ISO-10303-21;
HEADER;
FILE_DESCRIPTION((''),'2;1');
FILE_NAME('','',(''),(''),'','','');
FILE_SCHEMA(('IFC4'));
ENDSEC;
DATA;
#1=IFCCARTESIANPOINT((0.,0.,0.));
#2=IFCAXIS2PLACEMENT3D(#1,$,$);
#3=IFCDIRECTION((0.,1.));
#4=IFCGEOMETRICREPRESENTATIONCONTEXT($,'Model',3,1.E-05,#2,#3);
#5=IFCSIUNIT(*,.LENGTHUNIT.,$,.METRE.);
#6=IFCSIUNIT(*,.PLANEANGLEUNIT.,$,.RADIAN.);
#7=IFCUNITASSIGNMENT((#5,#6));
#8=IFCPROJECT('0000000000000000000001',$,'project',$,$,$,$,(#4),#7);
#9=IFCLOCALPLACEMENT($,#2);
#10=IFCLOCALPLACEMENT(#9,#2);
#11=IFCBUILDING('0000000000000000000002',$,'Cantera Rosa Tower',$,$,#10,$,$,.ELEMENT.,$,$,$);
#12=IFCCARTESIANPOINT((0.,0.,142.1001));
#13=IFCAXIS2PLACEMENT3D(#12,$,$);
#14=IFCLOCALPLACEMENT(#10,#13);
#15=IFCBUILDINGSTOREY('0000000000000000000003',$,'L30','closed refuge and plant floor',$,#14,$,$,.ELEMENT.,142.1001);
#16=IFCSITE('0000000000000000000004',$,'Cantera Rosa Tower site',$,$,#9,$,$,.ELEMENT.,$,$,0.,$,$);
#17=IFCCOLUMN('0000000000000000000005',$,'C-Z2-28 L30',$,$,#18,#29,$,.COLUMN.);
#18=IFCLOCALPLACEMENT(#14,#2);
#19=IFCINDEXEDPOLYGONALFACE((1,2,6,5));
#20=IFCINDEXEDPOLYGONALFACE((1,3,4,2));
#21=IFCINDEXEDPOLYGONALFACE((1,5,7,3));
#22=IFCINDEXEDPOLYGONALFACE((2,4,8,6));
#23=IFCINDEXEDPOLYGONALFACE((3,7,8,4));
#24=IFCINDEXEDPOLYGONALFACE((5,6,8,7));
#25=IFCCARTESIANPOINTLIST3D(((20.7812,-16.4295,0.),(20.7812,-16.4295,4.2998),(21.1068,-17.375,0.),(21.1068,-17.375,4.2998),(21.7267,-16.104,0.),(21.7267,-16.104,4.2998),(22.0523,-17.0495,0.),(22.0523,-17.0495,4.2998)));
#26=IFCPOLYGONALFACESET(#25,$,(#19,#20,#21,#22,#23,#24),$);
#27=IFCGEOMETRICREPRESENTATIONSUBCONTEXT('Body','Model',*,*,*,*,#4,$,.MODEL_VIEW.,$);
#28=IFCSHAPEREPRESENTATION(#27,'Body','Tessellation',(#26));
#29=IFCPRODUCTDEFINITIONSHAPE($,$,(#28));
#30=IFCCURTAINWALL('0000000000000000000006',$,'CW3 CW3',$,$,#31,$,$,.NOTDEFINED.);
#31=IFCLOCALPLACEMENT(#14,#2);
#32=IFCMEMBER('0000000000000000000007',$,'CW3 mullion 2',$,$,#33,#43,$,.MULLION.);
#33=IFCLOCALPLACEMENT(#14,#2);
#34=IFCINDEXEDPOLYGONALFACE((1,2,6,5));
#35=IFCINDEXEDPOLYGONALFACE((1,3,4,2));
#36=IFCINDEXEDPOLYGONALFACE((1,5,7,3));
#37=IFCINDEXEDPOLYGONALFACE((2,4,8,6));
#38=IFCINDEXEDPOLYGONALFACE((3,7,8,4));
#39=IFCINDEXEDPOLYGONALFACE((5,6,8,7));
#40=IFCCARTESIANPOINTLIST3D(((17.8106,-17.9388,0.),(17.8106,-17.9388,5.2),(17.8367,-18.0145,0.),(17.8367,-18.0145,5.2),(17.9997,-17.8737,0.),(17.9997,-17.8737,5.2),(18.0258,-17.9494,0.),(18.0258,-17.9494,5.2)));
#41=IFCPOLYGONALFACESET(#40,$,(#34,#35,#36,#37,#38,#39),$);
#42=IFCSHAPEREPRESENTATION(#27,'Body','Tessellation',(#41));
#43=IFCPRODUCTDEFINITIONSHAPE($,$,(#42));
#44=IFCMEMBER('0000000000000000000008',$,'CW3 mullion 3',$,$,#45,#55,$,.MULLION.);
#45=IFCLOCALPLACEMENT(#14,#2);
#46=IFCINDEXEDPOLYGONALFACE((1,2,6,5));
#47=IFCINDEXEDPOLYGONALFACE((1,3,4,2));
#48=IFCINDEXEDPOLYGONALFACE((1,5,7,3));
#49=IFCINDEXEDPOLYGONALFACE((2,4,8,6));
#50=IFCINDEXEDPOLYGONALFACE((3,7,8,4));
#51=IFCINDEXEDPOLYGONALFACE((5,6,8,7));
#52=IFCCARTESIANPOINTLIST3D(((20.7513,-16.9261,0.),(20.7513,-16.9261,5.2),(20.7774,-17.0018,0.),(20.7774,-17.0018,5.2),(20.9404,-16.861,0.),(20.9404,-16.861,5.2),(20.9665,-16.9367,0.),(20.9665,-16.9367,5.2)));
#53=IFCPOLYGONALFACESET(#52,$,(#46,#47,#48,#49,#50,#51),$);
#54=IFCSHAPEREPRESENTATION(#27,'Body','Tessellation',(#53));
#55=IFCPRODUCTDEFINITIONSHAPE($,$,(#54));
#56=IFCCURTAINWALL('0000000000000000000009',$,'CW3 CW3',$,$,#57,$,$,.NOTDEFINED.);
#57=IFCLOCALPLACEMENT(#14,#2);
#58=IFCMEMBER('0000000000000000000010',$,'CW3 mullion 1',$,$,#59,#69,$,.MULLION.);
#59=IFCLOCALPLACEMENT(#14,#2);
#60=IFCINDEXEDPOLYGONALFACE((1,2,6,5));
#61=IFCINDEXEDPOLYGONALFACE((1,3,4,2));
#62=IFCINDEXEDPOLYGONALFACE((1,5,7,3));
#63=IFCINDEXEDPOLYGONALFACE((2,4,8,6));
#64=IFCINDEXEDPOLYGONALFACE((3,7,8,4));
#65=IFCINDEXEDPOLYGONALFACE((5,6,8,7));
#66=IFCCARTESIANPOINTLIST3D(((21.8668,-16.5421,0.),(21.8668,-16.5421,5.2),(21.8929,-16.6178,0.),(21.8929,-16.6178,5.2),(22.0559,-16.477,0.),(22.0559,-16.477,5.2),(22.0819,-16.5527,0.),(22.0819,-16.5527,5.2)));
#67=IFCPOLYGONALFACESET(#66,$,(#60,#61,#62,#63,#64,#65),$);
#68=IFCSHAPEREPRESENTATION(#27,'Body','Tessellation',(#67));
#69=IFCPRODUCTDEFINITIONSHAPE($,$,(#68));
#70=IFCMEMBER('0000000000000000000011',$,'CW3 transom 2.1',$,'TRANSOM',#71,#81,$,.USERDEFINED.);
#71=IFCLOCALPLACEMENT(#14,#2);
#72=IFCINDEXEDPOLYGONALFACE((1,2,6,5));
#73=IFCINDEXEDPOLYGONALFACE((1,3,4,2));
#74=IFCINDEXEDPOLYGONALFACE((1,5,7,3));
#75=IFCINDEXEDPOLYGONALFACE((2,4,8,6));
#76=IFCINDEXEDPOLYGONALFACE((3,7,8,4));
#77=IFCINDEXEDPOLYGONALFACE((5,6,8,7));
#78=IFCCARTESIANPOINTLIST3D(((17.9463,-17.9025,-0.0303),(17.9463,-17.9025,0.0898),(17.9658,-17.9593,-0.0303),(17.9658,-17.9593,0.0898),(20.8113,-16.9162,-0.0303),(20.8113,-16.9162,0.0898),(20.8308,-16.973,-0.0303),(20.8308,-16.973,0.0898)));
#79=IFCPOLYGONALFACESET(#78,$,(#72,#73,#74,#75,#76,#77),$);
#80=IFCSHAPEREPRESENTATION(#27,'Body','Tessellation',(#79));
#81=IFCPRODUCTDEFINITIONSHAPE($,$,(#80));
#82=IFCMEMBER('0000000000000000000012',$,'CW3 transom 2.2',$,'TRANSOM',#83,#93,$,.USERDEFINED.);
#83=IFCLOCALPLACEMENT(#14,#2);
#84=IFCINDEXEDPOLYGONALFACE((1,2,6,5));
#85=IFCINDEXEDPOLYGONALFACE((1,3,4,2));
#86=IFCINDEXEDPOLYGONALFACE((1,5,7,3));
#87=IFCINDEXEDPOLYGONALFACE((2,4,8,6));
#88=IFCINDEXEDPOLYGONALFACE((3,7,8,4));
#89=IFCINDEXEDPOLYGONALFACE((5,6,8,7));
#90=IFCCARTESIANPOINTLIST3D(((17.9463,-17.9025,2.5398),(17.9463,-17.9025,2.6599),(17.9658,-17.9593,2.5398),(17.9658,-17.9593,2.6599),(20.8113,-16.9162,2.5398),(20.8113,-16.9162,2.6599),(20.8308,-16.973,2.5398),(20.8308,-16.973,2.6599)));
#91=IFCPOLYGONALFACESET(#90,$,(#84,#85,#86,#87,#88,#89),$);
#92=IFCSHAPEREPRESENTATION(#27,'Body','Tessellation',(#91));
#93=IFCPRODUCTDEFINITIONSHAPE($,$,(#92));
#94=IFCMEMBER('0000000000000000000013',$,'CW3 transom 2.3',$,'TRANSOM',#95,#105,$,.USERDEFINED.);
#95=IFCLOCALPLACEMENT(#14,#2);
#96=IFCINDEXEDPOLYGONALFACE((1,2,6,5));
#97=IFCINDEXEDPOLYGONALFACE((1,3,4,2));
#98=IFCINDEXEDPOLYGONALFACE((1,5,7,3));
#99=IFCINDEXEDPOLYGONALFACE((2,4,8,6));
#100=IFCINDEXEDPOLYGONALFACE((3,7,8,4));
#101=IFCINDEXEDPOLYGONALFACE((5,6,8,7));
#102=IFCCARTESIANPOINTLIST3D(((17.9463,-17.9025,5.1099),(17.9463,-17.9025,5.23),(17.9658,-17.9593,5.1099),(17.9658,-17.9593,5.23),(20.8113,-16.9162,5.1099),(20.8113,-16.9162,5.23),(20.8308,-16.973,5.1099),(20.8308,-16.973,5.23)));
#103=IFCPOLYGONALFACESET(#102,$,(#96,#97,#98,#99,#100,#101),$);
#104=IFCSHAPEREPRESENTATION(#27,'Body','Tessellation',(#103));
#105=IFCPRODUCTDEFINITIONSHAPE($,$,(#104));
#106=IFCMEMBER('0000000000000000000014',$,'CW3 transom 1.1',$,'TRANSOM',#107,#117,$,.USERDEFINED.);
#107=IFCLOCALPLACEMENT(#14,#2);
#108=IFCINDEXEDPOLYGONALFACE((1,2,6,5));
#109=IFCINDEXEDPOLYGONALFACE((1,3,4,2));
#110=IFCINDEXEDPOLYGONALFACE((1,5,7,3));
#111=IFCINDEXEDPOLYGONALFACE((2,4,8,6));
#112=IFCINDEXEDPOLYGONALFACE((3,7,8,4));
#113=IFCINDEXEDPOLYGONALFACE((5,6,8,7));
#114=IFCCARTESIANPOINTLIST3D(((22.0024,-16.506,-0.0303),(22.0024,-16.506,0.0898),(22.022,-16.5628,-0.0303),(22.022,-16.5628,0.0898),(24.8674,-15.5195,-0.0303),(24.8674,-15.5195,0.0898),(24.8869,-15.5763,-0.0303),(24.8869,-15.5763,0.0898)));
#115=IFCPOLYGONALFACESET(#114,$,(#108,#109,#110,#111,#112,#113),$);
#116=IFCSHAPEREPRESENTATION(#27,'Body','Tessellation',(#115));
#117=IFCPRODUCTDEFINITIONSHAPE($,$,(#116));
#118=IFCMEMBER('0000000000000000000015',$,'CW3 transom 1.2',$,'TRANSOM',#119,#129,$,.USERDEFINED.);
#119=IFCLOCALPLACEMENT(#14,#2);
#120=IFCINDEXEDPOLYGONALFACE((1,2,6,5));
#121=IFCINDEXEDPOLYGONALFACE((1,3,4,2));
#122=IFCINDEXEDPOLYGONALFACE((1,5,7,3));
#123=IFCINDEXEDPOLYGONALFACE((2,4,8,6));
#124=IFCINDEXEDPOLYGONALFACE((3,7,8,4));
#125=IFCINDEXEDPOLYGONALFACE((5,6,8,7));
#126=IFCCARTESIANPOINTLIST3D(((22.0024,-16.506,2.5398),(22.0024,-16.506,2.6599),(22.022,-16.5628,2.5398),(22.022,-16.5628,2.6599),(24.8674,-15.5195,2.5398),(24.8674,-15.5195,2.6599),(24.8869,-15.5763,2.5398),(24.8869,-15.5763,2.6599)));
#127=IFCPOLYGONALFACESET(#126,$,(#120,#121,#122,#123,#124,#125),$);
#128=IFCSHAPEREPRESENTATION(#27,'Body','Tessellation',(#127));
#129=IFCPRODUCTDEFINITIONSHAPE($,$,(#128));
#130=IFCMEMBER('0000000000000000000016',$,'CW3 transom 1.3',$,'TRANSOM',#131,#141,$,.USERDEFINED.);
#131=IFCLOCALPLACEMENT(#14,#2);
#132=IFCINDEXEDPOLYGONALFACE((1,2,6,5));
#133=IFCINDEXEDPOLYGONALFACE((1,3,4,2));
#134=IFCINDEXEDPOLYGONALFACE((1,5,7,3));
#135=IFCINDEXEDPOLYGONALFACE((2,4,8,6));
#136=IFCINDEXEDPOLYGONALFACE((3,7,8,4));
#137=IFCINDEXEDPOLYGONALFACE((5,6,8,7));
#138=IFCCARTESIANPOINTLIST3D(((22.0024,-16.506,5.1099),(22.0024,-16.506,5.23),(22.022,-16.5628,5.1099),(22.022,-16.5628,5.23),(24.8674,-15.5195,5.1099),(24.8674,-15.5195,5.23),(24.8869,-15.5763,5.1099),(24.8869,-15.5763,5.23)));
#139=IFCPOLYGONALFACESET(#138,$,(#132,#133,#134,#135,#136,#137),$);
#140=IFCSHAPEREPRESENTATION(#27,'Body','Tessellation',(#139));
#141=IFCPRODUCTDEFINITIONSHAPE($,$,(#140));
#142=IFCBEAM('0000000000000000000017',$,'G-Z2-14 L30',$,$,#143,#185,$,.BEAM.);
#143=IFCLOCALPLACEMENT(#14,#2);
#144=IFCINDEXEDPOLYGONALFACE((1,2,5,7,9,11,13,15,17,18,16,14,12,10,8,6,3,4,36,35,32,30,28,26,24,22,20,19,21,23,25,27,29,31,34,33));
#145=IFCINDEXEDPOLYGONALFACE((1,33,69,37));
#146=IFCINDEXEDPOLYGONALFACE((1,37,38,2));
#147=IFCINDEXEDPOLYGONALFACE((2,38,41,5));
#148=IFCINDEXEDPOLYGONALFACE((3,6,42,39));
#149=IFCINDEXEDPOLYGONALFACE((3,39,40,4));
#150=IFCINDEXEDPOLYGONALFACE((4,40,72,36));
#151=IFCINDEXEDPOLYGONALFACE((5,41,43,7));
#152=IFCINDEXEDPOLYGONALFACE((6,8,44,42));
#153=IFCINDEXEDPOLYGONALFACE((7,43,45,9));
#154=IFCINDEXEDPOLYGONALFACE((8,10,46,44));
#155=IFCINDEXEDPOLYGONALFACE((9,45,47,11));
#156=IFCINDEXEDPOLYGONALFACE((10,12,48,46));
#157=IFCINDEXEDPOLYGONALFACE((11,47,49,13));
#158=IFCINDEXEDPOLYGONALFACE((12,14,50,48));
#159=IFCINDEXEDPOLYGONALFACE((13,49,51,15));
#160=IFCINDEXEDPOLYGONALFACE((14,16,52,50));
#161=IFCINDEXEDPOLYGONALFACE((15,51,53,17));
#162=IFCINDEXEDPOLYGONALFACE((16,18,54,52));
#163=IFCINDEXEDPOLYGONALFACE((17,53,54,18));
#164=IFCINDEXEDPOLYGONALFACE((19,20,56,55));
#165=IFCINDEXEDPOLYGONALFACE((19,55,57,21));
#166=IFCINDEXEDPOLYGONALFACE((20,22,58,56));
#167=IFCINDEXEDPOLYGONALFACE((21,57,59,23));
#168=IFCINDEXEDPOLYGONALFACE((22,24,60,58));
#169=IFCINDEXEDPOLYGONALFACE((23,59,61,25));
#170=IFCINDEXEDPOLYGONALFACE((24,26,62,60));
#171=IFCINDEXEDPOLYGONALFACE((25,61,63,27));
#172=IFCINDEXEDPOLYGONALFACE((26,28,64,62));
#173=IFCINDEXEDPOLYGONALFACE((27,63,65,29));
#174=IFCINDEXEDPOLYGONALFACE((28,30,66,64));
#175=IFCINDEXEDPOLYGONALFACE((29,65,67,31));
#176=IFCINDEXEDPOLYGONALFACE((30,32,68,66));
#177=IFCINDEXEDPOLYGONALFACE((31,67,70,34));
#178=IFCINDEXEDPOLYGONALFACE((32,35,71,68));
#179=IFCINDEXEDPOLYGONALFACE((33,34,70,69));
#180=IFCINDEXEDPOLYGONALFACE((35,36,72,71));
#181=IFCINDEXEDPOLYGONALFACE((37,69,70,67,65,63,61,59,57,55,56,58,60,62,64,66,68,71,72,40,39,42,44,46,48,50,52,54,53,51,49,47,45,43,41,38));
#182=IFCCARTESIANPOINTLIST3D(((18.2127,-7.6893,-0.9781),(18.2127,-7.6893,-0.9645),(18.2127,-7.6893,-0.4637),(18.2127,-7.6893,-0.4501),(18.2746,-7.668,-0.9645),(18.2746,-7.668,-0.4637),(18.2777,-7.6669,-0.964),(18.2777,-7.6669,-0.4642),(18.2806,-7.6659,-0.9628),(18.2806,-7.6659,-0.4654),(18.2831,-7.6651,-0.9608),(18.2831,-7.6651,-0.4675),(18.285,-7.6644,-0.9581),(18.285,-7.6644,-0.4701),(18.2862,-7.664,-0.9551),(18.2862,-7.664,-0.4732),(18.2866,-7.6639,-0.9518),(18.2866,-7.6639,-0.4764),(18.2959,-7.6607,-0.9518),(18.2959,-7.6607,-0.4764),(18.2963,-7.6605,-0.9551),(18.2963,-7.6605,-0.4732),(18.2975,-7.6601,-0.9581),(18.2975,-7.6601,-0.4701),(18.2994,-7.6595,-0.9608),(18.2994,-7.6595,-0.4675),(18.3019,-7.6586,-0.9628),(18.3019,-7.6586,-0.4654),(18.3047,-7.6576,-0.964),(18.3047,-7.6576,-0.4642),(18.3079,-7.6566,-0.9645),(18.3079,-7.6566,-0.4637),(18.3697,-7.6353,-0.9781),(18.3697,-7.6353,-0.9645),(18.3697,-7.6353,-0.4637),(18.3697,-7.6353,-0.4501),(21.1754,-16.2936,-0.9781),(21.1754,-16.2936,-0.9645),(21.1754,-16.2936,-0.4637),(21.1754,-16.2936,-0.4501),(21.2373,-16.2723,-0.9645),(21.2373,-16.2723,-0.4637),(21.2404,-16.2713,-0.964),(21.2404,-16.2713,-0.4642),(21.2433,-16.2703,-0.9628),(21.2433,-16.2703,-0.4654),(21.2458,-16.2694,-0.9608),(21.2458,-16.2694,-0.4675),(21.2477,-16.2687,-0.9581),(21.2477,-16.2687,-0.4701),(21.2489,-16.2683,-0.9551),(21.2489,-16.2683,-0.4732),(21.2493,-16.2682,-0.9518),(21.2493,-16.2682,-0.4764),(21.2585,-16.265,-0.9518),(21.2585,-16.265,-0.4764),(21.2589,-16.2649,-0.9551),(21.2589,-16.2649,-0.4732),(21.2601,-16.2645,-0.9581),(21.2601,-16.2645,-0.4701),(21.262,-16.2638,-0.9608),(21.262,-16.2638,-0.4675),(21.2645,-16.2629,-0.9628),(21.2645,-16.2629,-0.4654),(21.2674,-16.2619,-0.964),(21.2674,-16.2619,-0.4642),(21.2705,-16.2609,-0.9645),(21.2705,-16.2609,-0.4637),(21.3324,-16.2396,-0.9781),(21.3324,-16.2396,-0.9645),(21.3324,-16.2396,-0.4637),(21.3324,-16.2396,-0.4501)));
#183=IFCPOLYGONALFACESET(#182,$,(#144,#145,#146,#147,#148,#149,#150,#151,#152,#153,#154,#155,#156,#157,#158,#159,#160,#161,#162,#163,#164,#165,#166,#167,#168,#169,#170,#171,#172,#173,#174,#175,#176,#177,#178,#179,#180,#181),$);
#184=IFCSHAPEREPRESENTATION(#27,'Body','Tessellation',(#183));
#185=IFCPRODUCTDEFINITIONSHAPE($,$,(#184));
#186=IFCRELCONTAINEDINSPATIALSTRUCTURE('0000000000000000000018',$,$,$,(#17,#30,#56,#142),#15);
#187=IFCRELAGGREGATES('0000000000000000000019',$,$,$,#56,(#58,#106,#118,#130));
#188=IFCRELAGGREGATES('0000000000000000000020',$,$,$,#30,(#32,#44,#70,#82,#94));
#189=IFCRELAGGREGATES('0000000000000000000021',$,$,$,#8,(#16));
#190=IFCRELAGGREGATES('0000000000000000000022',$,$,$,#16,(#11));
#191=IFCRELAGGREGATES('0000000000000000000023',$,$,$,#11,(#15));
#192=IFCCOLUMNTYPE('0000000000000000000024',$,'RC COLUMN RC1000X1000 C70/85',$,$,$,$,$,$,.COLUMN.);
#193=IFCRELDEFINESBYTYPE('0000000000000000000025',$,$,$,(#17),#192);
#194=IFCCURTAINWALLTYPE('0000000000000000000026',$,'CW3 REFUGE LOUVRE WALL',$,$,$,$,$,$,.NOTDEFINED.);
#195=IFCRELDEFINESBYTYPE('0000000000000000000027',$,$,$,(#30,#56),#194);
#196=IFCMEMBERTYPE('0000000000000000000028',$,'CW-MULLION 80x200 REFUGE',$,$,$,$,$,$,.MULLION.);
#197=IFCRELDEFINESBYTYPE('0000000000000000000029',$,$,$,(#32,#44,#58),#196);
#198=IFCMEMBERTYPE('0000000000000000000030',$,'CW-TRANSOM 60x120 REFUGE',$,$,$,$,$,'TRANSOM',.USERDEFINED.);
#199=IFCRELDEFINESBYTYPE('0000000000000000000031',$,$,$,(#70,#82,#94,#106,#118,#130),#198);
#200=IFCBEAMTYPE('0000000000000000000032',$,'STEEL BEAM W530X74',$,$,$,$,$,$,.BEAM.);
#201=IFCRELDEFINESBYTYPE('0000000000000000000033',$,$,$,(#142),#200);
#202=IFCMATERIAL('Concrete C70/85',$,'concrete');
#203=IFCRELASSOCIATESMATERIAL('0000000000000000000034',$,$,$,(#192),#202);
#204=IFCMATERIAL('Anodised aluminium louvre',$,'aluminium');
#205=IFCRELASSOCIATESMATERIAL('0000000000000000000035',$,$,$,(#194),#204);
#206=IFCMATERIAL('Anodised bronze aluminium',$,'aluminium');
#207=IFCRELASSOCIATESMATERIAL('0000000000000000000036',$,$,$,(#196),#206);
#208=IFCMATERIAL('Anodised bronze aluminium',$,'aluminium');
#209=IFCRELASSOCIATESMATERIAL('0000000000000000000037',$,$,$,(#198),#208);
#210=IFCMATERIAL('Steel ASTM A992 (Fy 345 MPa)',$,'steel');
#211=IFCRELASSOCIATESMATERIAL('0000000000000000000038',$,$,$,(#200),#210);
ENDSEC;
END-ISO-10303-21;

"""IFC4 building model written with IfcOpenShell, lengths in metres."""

from ifc_helpers import new_model, si_unit, direction, frame, origin, origin_2d, place, context, subcontext, project, spatial, rectangle, i_section, extrude, material, material_profile, profile_set, type_object, element, aggregate, save


model = new_model("IFC4")

# Units and contexts
model_context = context("Model", 3, precision=1e-05, world=origin(), true_north=direction((0.0, 1.0)))
body_context = subcontext(model_context, "Body", "Model", "MODEL_VIEW")
ifc_project = project(units=[si_unit("LENGTHUNIT", "METRE"), si_unit("PLANEANGLEUNIT", "RADIAN")], contexts=[model_context])

# Site, building, storey
site_placement = place(None, origin())
site = spatial("IfcSite", under=ifc_project, at=site_placement, Name="Cantera Rosa Tower site", CompositionType="ELEMENT", RefElevation=0.0)
building_placement = place(site_placement, origin())
building = spatial("IfcBuilding", under=site, at=building_placement, Name="Cantera Rosa Tower", CompositionType="ELEMENT")
storey_placement = place(building_placement, frame((0.0, 0.0, 142.1001)))
storey = spatial("IfcBuildingStorey", under=building, at=storey_placement, Name="L30", Description="closed refuge and plant floor", CompositionType="ELEMENT", Elevation=142.1001)

# Column
ifc_material_1 = material(Name="Concrete C70/85", Category="concrete")
ifc_material_profile_1 = material_profile(ifc_material_1, rectangle(XDim=1.0, YDim=1.0, at=origin_2d()), Name="RC COLUMN RC1000X1000 C70/85")
ifc_profile_set_1 = profile_set([ifc_material_profile_1], Name="Concrete C70/85")
column_type = type_object("IfcColumnType", Name="RC COLUMN RC1000X1000 C70/85", PredefinedType="COLUMN", material=ifc_profile_set_1)
column_placement = place(storey_placement, frame((21.4167, -16.7395, 0.0), z_axis=(0.0, 0.0, 1.0), x_axis=(0.945519, 0.325568, 0.0)))
element("IfcColumn", 1, at=column_placement, inside=storey, type_object=column_type, Name="C-Z2-28 L30", PredefinedType="COLUMN", context=body_context, shape_type="SweptSolid", body=[
    extrude(rectangle(XDim=1.0, YDim=1.0, at=origin_2d()), origin(), (0.0, 0.0, 1.0), 4.2998),
])

# Curtain wall, members
ifc_material_2 = material(Name="Anodised aluminium louvre", Category="aluminium")
curtain_wall_type = type_object("IfcCurtainWallType", Name="CW3 REFUGE LOUVRE WALL", PredefinedType="NOTDEFINED", material=ifc_material_2)
curtain_wall_1_placement = place(storey_placement, origin())
curtain_wall_1 = element("IfcCurtainWall", 2, at=curtain_wall_1_placement, inside=storey, type_object=curtain_wall_type, Name="CW3 CW3", PredefinedType="NOTDEFINED")
ifc_material_3 = material(Name="Anodised bronze aluminium", Category="aluminium")
ifc_material_profile_2 = material_profile(ifc_material_3, rectangle(XDim=0.0801, YDim=0.2, at=origin_2d()), Name="CW-MULLION 80x200 REFUGE")
ifc_profile_set_2 = profile_set([ifc_material_profile_2], Name="Anodised bronze aluminium")
member_type_1 = type_object("IfcMemberType", Name="CW-MULLION 80x200 REFUGE", PredefinedType="MULLION", material=ifc_profile_set_2)
member_1_placement = place(storey_placement, frame((17.9182, -17.9441, 0.0), z_axis=(0.0, 0.0, 1.0), x_axis=(-0.325568, 0.945519, 0.0)))
member_1 = element("IfcMember", 3, at=member_1_placement, type_object=member_type_1, Name="CW3 mullion 2", PredefinedType="MULLION", context=body_context, shape_type="SweptSolid", body=[
    extrude(rectangle(XDim=0.0801, YDim=0.2, at=origin_2d()), origin(), (0.0, 0.0, 1.0), 5.2),
])
member_2_placement = place(storey_placement, frame((20.8589, -16.9314, 0.0), z_axis=(0.0, 0.0, 1.0), x_axis=(-0.325568, 0.945519, 0.0)))
member_2 = element("IfcMember", 4, at=member_2_placement, type_object=member_type_1, Name="CW3 mullion 3", PredefinedType="MULLION", context=body_context, shape_type="SweptSolid", body=[
    extrude(rectangle(XDim=0.0801, YDim=0.2, at=origin_2d()), origin(), (0.0, 0.0, 1.0), 5.2),
])

# Curtain wall, member
curtain_wall_2_placement = place(storey_placement, origin())
curtain_wall_2 = element("IfcCurtainWall", 5, at=curtain_wall_2_placement, inside=storey, type_object=curtain_wall_type, Name="CW3 CW3", PredefinedType="NOTDEFINED")
member_3_placement = place(storey_placement, frame((21.9744, -16.5474, 0.0), z_axis=(0.0, 0.0, 1.0), x_axis=(-0.325568, 0.945519, 0.0)))
member_3 = element("IfcMember", 6, at=member_3_placement, type_object=member_type_1, Name="CW3 mullion 1", PredefinedType="MULLION", context=body_context, shape_type="SweptSolid", body=[
    extrude(rectangle(XDim=0.0801, YDim=0.2, at=origin_2d()), origin(), (0.0, 0.0, 1.0), 5.2),
])

# Members
ifc_material_4 = material(Name="Anodised bronze aluminium", Category="aluminium")
ifc_material_profile_3 = material_profile(ifc_material_4, rectangle(XDim=0.0601, YDim=0.1201, at=origin_2d()), Name="CW-TRANSOM 60x120 REFUGE")
ifc_profile_set_3 = profile_set([ifc_material_profile_3], Name="Anodised bronze aluminium")
member_type_2 = type_object("IfcMemberType", Name="CW-TRANSOM 60x120 REFUGE", ElementType="TRANSOM", PredefinedType="USERDEFINED", material=ifc_profile_set_3)
member_4_placement = place(storey_placement, frame((17.9561, -17.9309, 0.0298), z_axis=(0.945536, 0.325519, 0.0), x_axis=(-0.325519, 0.945536, 0.0)))
member_4 = element("IfcMember", 7, at=member_4_placement, type_object=member_type_2, Name="CW3 transom 2.1", ObjectType="TRANSOM", PredefinedType="USERDEFINED", context=body_context, shape_type="SweptSolid", body=[
    extrude(rectangle(XDim=0.0601, YDim=0.1201, at=origin_2d()), origin(), (0.0, 0.0, 1.0), 3.03),
])
member_5_placement = place(storey_placement, frame((17.9561, -17.9309, 2.5999), z_axis=(0.945536, 0.325519, 0.0), x_axis=(-0.325519, 0.945536, 0.0)))
member_5 = element("IfcMember", 8, at=member_5_placement, type_object=member_type_2, Name="CW3 transom 2.2", ObjectType="TRANSOM", PredefinedType="USERDEFINED", context=body_context, shape_type="SweptSolid", body=[
    extrude(rectangle(XDim=0.0601, YDim=0.1201, at=origin_2d()), origin(), (0.0, 0.0, 1.0), 3.03),
])
member_6_placement = place(storey_placement, frame((17.9561, -17.9309, 5.1699), z_axis=(0.945536, 0.325519, 0.0), x_axis=(-0.325519, 0.945536, 0.0)))
member_6 = element("IfcMember", 9, at=member_6_placement, type_object=member_type_2, Name="CW3 transom 2.3", ObjectType="TRANSOM", PredefinedType="USERDEFINED", context=body_context, shape_type="SweptSolid", body=[
    extrude(rectangle(XDim=0.0601, YDim=0.1201, at=origin_2d()), origin(), (0.0, 0.0, 1.0), 3.03),
])
member_7_placement = place(storey_placement, frame((22.0122, -16.5344, 0.0298), z_axis=(0.945511, 0.325591, 0.0), x_axis=(-0.325591, 0.945511, 0.0)))
member_7 = element("IfcMember", 10, at=member_7_placement, type_object=member_type_2, Name="CW3 transom 1.1", ObjectType="TRANSOM", PredefinedType="USERDEFINED", context=body_context, shape_type="SweptSolid", body=[
    extrude(rectangle(XDim=0.0601, YDim=0.1201, at=origin_2d()), origin(), (0.0, 0.0, 1.0), 3.03),
])
member_8_placement = place(storey_placement, frame((22.0122, -16.5344, 2.5999), z_axis=(0.945511, 0.325591, 0.0), x_axis=(-0.325591, 0.945511, 0.0)))
member_8 = element("IfcMember", 11, at=member_8_placement, type_object=member_type_2, Name="CW3 transom 1.2", ObjectType="TRANSOM", PredefinedType="USERDEFINED", context=body_context, shape_type="SweptSolid", body=[
    extrude(rectangle(XDim=0.0601, YDim=0.1201, at=origin_2d()), origin(), (0.0, 0.0, 1.0), 3.03),
])
member_9_placement = place(storey_placement, frame((22.0122, -16.5344, 5.1699), z_axis=(0.945511, 0.325591, 0.0), x_axis=(-0.325591, 0.945511, 0.0)))
member_9 = element("IfcMember", 12, at=member_9_placement, type_object=member_type_2, Name="CW3 transom 1.3", ObjectType="TRANSOM", PredefinedType="USERDEFINED", context=body_context, shape_type="SweptSolid", body=[
    extrude(rectangle(XDim=0.0601, YDim=0.1201, at=origin_2d()), origin(), (0.0, 0.0, 1.0), 3.03),
])
aggregate(curtain_wall_2, [member_3, member_7, member_8, member_9])

# Beam
ifc_material_5 = material(Name="Steel ASTM A992 (Fy 345 MPa)", Category="steel")
ifc_material_profile_4 = material_profile(ifc_material_5, i_section(OverallWidth=0.166, OverallDepth=0.5281, WebThickness=0.0098, FlangeThickness=0.0137, FilletRadius=0.0127, at=origin_2d()), Name="W530X74")
ifc_profile_set_4 = profile_set([ifc_material_profile_4], Name="Steel ASTM A992 (Fy 345 MPa)")
beam_type_1 = type_object("IfcBeamType", Name="STEEL BEAM W530X74", PredefinedType="BEAM", material=ifc_profile_set_4)
beam_1_placement = place(storey_placement, frame((21.2539, -16.2666, -0.7141), z_axis=(-0.325565, 0.94552, 0.0), x_axis=(-0.94552, -0.325565, 0.0)))
element("IfcBeam", 13, at=beam_1_placement, inside=storey, type_object=beam_type_1, Name="G-Z2-14 L30", PredefinedType="BEAM", context=body_context, shape_type="SweptSolid", body=[
    extrude(i_section(OverallWidth=0.166, OverallDepth=0.5281, WebThickness=0.0098, FlangeThickness=0.0137, FilletRadius=0.0127, at=origin_2d()), origin(), (0.0, 0.0, 1.0), 9.1001),
])

aggregate(curtain_wall_1, [member_1, member_2, member_4, member_5, member_6])

save(model, "model.ifc")
